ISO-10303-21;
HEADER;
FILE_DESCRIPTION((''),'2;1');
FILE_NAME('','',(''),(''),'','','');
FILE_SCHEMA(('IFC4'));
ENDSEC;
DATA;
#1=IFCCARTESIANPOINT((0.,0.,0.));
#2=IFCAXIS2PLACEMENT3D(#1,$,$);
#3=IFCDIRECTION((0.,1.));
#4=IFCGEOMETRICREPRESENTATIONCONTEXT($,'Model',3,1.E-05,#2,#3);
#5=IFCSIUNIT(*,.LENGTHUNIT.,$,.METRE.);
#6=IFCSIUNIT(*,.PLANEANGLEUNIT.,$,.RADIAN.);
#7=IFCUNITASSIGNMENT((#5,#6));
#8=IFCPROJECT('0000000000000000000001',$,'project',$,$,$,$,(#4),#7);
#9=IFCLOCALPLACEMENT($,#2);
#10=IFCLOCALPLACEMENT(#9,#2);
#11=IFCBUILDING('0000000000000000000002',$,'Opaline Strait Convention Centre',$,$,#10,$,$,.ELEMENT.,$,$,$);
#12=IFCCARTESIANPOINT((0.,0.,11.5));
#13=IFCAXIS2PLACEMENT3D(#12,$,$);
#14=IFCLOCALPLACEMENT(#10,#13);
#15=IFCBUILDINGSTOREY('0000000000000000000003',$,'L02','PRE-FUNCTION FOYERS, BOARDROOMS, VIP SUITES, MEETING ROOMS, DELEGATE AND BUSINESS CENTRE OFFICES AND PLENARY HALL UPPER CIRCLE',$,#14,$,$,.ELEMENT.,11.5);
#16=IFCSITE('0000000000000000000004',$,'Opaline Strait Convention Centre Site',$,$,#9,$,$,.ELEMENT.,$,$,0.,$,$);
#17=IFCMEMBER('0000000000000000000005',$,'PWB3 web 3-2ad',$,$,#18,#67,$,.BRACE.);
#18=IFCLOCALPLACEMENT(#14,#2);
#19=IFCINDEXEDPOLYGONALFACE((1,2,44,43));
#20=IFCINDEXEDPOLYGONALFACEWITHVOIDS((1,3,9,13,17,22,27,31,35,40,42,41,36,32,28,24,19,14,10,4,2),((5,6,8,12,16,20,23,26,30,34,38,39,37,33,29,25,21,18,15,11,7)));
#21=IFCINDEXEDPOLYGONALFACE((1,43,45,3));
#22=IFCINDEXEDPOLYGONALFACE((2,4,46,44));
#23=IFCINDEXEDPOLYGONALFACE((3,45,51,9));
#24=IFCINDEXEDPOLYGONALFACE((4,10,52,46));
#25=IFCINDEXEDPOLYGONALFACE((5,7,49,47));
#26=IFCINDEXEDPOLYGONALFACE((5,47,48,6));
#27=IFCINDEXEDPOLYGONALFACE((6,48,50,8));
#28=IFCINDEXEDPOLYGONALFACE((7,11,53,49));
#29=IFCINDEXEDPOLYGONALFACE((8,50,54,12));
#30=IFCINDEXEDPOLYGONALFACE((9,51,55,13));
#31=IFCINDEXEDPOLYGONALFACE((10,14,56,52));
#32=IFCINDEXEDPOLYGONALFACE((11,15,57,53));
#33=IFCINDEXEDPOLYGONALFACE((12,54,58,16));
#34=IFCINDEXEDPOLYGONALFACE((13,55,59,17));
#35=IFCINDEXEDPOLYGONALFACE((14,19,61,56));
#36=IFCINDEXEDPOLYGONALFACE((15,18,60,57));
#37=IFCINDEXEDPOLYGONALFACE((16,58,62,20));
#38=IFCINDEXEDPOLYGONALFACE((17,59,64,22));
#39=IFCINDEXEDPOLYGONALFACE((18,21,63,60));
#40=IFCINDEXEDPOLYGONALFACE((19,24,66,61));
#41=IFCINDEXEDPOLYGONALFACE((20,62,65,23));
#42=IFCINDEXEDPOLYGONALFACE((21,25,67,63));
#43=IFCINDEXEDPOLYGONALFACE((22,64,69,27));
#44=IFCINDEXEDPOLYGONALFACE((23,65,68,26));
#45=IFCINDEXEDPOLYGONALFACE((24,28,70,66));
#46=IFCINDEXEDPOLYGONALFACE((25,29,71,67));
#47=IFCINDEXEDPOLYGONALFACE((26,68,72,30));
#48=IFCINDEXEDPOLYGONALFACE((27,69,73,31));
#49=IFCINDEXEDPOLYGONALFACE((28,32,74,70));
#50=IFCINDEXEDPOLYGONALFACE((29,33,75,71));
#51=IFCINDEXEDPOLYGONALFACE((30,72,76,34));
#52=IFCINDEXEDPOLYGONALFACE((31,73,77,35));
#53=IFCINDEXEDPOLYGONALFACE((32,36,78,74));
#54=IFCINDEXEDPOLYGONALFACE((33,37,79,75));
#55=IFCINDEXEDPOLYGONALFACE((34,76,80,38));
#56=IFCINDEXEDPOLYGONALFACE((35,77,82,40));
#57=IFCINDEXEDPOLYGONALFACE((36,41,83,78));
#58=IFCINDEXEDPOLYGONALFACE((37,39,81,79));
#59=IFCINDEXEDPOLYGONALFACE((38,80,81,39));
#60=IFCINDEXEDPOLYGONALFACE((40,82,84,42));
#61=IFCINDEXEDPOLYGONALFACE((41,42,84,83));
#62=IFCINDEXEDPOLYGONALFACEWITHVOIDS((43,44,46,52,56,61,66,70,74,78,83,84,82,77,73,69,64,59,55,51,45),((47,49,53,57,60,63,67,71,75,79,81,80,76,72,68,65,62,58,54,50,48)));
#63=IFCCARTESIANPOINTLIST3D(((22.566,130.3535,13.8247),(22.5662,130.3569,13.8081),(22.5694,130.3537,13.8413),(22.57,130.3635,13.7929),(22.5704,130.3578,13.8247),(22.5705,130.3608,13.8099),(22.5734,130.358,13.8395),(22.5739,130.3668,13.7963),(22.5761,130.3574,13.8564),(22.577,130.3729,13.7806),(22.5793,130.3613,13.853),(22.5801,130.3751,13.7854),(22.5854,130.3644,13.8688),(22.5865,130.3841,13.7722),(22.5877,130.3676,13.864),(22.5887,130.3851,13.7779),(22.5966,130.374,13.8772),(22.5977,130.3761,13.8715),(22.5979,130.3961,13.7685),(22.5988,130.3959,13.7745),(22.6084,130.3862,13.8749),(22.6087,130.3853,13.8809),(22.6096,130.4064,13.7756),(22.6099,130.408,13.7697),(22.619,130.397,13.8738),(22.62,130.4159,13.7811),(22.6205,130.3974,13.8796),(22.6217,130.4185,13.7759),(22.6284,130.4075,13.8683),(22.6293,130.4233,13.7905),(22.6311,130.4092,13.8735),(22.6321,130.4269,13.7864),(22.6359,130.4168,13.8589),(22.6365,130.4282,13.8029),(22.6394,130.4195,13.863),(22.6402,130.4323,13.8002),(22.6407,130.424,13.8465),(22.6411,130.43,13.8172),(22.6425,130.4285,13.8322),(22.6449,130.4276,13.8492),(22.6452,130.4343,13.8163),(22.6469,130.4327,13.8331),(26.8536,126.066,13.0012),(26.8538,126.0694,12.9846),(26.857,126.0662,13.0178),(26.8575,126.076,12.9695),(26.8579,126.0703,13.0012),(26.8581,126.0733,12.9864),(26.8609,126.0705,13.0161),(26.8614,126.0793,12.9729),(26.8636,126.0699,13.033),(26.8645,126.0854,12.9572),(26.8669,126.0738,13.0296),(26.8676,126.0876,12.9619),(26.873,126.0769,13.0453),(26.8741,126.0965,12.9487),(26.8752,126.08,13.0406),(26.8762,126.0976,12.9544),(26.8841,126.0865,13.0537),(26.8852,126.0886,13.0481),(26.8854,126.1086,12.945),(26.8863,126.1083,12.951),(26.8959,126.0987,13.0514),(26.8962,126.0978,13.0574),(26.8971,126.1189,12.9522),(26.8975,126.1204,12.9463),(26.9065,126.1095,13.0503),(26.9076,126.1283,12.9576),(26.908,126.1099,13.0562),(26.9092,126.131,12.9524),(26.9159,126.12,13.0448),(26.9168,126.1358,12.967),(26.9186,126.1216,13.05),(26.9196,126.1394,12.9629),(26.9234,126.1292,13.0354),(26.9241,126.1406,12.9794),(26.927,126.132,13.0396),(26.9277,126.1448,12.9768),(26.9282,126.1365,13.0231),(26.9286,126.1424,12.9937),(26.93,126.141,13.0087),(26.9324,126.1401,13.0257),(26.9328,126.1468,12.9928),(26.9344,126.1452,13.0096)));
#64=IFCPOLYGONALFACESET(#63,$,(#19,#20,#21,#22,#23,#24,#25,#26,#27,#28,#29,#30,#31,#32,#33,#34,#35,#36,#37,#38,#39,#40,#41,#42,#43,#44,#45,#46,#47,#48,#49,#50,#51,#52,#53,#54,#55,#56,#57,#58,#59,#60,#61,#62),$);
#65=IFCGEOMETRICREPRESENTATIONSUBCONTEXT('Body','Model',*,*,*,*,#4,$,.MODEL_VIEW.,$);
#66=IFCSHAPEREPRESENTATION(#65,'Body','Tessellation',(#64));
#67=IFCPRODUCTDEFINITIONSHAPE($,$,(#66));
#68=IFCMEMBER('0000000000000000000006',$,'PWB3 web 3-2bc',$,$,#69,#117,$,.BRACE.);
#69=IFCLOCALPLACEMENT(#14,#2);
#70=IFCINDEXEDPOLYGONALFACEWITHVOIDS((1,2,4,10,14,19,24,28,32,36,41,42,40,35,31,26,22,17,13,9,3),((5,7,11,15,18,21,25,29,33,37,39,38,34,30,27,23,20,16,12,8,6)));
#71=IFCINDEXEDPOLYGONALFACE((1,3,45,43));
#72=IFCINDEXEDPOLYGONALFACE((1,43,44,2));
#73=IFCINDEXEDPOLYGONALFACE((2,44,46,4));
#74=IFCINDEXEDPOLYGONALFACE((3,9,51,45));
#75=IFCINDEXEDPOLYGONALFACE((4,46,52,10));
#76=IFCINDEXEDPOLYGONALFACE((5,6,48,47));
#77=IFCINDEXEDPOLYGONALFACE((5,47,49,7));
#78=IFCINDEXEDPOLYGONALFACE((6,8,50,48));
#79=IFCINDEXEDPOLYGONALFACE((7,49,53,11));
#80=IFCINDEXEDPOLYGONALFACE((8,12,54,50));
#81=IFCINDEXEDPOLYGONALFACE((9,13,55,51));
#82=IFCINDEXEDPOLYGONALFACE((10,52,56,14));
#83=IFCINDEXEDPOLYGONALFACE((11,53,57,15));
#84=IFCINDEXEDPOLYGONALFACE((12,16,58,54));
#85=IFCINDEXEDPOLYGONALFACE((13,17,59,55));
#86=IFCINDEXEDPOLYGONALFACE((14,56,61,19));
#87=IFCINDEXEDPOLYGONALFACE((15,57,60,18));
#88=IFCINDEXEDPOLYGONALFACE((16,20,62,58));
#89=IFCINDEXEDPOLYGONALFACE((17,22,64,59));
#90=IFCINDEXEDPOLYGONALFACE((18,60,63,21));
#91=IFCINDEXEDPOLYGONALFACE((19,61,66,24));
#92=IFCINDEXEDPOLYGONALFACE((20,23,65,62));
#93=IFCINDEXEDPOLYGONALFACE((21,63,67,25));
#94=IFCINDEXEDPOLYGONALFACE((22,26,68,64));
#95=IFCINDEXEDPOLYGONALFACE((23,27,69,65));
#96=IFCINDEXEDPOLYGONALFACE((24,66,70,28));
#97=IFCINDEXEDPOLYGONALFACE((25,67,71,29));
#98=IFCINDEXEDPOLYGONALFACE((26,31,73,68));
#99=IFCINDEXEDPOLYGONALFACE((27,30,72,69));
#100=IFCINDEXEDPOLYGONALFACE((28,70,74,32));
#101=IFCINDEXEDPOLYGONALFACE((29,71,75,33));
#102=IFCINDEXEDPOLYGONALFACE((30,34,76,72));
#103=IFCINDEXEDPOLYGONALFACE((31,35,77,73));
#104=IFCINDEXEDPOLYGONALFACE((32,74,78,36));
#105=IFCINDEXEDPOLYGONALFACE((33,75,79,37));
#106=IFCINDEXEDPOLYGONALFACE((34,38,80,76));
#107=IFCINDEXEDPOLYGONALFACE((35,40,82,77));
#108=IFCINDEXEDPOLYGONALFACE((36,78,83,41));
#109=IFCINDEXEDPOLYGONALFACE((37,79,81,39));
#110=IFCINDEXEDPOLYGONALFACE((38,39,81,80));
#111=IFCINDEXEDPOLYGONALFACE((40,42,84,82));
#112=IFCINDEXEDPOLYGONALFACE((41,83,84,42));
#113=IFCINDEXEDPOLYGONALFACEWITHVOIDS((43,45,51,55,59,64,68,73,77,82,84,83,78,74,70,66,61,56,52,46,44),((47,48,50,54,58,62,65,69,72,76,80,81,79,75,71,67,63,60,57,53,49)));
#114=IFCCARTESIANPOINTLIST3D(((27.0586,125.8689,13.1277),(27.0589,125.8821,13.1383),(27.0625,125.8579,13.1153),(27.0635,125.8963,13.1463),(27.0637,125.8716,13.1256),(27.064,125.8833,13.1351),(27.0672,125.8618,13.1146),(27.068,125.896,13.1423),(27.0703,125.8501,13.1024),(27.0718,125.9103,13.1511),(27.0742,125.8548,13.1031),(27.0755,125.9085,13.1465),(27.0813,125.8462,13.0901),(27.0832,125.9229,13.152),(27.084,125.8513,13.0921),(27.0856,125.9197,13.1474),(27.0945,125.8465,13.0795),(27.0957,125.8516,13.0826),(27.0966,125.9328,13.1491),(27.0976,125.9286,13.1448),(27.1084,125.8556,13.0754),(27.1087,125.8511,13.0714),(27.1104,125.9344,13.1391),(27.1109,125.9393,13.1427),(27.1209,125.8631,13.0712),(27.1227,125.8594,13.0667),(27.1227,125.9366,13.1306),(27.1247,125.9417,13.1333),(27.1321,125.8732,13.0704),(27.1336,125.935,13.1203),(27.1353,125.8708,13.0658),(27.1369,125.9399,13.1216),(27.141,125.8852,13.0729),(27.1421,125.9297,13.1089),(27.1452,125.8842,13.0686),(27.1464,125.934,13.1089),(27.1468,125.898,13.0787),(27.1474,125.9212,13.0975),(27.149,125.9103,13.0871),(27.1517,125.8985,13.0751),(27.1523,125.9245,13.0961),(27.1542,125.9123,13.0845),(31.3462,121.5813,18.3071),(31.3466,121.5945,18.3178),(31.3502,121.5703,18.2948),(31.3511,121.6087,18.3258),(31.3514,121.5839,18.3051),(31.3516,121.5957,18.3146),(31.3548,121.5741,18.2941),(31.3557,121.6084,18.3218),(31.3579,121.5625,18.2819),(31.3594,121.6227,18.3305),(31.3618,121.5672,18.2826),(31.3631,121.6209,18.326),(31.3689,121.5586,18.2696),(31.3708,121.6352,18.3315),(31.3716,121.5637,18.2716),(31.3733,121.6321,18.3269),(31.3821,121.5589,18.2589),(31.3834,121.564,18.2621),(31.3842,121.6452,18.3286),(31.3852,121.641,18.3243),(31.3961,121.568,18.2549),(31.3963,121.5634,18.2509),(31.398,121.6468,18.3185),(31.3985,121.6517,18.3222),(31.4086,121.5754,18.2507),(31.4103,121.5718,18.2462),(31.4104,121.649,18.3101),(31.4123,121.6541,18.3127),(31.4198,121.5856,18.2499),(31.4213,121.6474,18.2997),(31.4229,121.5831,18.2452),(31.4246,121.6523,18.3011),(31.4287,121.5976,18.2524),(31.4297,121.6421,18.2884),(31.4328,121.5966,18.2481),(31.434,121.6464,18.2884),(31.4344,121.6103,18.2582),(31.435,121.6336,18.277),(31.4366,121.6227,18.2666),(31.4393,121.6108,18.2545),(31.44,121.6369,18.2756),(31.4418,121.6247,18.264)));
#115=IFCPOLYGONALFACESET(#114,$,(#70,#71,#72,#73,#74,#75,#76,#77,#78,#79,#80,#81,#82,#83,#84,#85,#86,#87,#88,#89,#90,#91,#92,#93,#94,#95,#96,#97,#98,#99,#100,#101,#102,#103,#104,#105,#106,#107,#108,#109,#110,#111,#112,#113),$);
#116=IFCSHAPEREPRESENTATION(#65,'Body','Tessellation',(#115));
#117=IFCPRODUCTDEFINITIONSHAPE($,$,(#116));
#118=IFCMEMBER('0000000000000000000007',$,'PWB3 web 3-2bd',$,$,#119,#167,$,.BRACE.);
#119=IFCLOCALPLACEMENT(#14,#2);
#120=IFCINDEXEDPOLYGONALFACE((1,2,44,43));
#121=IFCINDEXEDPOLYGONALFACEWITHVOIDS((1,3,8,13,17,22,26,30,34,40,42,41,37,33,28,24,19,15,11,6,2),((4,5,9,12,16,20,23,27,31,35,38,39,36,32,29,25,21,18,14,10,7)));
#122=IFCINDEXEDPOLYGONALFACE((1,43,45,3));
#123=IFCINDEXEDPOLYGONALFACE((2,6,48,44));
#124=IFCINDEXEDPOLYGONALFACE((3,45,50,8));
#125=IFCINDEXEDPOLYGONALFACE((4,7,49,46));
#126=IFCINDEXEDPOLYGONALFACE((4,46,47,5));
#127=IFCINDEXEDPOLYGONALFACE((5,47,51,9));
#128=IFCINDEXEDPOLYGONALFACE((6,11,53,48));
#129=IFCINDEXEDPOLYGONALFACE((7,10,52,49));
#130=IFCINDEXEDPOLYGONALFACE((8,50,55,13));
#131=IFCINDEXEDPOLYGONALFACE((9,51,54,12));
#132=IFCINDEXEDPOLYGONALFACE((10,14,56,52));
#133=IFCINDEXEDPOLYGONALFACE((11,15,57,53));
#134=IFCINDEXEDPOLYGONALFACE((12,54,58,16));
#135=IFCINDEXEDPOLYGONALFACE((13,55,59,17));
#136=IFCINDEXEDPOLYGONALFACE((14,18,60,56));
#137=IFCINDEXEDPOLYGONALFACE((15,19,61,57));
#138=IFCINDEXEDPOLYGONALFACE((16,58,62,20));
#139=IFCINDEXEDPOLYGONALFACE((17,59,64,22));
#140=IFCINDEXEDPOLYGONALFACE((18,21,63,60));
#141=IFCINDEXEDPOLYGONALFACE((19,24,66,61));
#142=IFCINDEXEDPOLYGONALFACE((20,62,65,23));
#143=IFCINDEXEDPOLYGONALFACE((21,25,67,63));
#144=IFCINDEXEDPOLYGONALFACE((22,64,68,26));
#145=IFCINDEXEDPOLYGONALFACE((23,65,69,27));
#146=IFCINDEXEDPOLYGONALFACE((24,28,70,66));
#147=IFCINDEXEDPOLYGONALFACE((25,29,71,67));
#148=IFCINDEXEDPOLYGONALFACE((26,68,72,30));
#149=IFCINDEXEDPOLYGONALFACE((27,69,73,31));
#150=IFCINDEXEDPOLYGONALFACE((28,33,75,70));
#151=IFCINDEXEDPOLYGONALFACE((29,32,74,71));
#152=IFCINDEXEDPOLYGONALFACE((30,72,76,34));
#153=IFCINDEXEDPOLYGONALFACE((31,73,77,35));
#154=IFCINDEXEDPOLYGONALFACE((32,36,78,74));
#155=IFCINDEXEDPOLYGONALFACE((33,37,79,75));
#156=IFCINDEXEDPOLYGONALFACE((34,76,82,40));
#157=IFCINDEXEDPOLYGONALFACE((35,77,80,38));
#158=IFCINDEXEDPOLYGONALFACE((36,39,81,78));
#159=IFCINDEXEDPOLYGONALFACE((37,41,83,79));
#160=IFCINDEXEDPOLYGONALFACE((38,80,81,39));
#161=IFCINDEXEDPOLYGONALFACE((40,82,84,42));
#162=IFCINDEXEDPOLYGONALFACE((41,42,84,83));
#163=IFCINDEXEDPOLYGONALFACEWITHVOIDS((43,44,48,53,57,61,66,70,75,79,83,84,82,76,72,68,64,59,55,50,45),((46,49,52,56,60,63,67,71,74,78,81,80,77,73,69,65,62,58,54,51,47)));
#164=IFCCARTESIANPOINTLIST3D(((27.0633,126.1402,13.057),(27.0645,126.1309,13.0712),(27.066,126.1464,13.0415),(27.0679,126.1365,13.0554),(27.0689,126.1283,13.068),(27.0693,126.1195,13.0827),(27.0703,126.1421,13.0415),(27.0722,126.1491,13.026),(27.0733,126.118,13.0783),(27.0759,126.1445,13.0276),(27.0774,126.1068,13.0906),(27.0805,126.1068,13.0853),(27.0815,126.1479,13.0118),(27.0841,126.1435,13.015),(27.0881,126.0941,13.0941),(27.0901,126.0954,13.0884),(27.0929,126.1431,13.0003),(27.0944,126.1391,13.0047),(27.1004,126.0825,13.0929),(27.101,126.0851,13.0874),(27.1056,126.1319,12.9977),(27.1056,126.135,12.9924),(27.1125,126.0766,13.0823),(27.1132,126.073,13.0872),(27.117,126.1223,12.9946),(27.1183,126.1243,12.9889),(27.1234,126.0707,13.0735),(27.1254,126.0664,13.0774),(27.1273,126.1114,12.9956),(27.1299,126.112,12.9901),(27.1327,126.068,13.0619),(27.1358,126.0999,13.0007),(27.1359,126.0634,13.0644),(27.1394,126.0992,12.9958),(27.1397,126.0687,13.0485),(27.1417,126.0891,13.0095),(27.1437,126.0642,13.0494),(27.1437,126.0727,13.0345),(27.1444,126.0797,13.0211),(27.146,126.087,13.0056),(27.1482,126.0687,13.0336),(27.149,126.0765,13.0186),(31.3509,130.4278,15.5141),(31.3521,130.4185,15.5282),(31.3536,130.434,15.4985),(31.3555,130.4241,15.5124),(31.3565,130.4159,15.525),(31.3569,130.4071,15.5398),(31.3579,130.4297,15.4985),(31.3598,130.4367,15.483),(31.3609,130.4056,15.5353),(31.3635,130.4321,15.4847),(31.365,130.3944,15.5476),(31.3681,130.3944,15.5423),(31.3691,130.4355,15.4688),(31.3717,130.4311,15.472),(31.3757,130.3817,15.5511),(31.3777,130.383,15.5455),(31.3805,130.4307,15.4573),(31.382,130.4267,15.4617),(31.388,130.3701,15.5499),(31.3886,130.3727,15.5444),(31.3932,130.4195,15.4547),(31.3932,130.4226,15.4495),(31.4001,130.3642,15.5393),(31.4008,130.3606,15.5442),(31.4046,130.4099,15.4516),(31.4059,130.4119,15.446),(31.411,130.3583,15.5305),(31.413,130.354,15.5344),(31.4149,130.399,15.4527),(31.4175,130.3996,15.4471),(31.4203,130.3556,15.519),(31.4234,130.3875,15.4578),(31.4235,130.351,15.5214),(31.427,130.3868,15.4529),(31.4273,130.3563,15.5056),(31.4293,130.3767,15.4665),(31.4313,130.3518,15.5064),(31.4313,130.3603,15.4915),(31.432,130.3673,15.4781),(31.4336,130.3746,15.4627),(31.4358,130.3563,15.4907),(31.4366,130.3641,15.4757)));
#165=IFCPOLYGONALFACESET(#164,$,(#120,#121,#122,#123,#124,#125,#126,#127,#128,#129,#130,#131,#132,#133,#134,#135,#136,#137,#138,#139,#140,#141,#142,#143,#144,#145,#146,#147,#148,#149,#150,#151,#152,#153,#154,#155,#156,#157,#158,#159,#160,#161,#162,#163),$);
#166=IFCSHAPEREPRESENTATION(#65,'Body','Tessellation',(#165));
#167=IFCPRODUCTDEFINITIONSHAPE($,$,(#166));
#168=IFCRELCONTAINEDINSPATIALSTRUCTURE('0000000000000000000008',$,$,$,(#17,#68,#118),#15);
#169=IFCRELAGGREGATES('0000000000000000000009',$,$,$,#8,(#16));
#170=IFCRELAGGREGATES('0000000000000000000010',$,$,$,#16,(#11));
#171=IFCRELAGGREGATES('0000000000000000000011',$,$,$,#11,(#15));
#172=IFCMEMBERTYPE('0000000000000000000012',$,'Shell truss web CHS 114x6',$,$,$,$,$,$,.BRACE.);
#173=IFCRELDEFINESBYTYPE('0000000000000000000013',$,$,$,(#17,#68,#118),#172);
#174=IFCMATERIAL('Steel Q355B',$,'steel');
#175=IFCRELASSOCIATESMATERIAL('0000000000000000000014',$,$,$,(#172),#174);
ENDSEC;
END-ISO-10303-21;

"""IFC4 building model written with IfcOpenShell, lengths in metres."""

from ifc_helpers import new_model, si_unit, direction, frame, origin, origin_2d, place, context, subcontext, project, spatial, hollow_circle, extrude, material, material_profile, profile_set, type_object, element, save


model = new_model("IFC4")

# Units and contexts
model_context = context("Model", 3, precision=1e-05, world=origin(), true_north=direction((0.0, 1.0)))
body_context = subcontext(model_context, "Body", "Model", "MODEL_VIEW")
ifc_project = project(units=[si_unit("LENGTHUNIT", "METRE"), si_unit("PLANEANGLEUNIT", "RADIAN")], contexts=[model_context])

# Site, building, storey
site_placement = place(None, origin())
site = spatial("IfcSite", under=ifc_project, at=site_placement, Name="Opaline Strait Convention Centre Site", CompositionType="ELEMENT", RefElevation=0.0)
building_placement = place(site_placement, origin())
building = spatial("IfcBuilding", under=site, at=building_placement, Name="Opaline Strait Convention Centre", CompositionType="ELEMENT")
storey_placement = place(building_placement, frame((0.0, 0.0, 11.5)))
storey = spatial("IfcBuildingStorey", under=building, at=storey_placement, Name="L02", Description="PRE-FUNCTION FOYERS, BOARDROOMS, VIP SUITES, MEETING ROOMS, DELEGATE AND BUSINESS CENTRE OFFICES AND PLENARY HALL UPPER CIRCLE", CompositionType="ELEMENT", Elevation=11.5)

# Members
ifc_material_1 = material(Name="Steel Q355B", Category="steel")
ifc_material_profile_1 = material_profile(ifc_material_1, hollow_circle(Radius=0.0569, WallThickness=0.0061, at=origin_2d()), Name="CHS 114x6")
ifc_profile_set_1 = profile_set([ifc_material_profile_1], Name="Steel Q355B")
member_type_1 = type_object("IfcMemberType", Name="Shell truss web CHS 114x6", PredefinedType="BRACE", material=ifc_profile_set_1)
member_1_placement = place(storey_placement, frame((26.8938, 126.1062, 13.0012), z_axis=(-0.700675, 0.700675, 0.134573), x_axis=(-0.707107, -0.707107, 0.0)))
element("IfcMember", 1, at=member_1_placement, inside=storey, type_object=member_type_1, Name="PWB3 web 3-2ad", PredefinedType="BRACE", context=body_context, shape_type="SweptSolid", body=[
    extrude(hollow_circle(Radius=0.0569, WallThickness=0.0061, at=origin_2d()), origin(), (0.0, 0.0, 1.0), 6.1191),
])
member_2_placement = place(storey_placement, frame((27.1062, 125.8938, 13.1089), z_axis=(0.537659, -0.537659, 0.649496), x_axis=(0.707107, 0.707107, 0.0)))
element("IfcMember", 2, at=member_2_placement, inside=storey, type_object=member_type_1, Name="PWB3 web 3-2bc", PredefinedType="BRACE", context=body_context, shape_type="SweptSolid", body=[
    extrude(hollow_circle(Radius=0.0569, WallThickness=0.0061, at=origin_2d()), origin(), (0.0, 0.0, 1.0), 7.9746),
])
member_3_placement = place(storey_placement, frame((27.1062, 126.1062, 13.0415), z_axis=(0.655348, 0.655348, 0.375551), x_axis=(-0.707107, 0.707107, 0.0)))
element("IfcMember", 3, at=member_3_placement, inside=storey, type_object=member_type_1, Name="PWB3 web 3-2bd", PredefinedType="BRACE", context=body_context, shape_type="SweptSolid", body=[
    extrude(hollow_circle(Radius=0.0569, WallThickness=0.0061, at=origin_2d()), origin(), (0.0, 0.0, 1.0), 6.5425),
])

save(model, "model.ifc")
